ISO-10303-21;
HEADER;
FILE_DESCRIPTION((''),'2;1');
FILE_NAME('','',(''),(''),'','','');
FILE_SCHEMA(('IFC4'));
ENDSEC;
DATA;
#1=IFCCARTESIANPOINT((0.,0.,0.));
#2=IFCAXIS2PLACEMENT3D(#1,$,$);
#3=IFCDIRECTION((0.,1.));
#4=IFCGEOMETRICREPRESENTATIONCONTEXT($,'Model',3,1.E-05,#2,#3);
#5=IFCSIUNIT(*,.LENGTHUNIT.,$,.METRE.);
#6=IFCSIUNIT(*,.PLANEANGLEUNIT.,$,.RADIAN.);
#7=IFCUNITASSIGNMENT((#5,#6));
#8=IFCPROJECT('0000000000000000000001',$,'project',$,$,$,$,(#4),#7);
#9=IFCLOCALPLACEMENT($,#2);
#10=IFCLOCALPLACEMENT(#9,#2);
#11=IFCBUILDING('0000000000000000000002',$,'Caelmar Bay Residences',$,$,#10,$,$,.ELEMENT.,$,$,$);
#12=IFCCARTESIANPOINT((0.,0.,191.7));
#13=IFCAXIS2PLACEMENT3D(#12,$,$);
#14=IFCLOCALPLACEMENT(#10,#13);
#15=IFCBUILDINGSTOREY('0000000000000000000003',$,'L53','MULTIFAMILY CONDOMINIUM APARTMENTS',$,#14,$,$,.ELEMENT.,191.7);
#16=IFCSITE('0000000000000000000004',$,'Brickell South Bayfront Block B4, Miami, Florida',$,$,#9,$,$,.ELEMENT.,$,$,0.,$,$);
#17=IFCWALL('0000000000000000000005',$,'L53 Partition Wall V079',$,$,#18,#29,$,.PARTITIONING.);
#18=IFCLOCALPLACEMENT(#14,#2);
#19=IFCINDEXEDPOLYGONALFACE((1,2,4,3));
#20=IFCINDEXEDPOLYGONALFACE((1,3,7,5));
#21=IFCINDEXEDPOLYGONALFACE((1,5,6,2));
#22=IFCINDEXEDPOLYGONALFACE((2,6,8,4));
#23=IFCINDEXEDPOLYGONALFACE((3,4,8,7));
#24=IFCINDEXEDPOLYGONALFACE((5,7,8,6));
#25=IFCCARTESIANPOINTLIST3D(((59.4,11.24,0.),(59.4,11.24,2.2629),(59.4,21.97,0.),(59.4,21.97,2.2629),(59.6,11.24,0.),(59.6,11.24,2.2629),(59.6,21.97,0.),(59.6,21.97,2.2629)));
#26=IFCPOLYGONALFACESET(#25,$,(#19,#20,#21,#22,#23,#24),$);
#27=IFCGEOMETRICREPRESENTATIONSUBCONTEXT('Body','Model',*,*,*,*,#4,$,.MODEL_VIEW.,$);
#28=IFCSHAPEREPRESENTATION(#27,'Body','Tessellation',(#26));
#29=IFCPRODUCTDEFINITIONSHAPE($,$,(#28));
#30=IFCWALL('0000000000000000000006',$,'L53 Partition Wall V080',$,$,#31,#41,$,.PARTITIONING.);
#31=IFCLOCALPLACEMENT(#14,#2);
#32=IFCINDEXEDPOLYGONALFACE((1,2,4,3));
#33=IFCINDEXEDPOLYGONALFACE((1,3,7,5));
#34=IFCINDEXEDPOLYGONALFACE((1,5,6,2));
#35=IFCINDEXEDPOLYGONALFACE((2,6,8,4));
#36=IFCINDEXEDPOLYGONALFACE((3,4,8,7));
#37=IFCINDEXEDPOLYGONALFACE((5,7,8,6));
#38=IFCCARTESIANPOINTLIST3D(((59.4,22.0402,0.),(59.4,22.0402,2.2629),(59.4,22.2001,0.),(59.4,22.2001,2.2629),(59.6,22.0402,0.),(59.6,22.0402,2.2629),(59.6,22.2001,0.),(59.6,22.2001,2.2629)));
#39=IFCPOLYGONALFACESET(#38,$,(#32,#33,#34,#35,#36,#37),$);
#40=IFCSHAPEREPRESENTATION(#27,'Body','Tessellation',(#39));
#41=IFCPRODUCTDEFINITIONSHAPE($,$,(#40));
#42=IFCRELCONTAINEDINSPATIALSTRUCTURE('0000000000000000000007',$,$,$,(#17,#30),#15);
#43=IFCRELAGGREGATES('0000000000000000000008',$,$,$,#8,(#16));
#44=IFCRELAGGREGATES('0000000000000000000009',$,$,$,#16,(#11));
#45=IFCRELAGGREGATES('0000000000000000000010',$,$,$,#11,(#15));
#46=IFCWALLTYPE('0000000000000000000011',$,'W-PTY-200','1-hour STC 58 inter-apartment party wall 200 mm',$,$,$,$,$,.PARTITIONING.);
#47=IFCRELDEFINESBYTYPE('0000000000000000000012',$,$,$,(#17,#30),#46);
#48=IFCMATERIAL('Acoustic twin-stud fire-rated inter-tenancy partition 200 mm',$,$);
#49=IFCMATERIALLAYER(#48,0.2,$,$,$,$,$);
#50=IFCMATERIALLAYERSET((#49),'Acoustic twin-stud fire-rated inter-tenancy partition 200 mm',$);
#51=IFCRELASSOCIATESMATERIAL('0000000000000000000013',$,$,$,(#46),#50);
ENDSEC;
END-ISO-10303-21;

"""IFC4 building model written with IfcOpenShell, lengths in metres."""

from ifc_helpers import new_model, si_unit, direction, frame, frame_2d, origin, place, context, subcontext, project, spatial, rectangle, extrude, material, layer, layer_set, type_object, element, save


model = new_model("IFC4")

# Units and contexts
model_context = context("Model", 3, precision=1e-05, world=origin(), true_north=direction((0.0, 1.0)))
body_context = subcontext(model_context, "Body", "Model", "MODEL_VIEW")
ifc_project = project(units=[si_unit("LENGTHUNIT", "METRE"), si_unit("PLANEANGLEUNIT", "RADIAN")], contexts=[model_context])

# Site, building, storey
site_placement = place(None, origin())
site = spatial("IfcSite", under=ifc_project, at=site_placement, Name="Brickell South Bayfront Block B4, Miami, Florida", CompositionType="ELEMENT", RefElevation=0.0)
building_placement = place(site_placement, origin())
building = spatial("IfcBuilding", under=site, at=building_placement, Name="Caelmar Bay Residences", CompositionType="ELEMENT")
storey_placement = place(building_placement, frame((0.0, 0.0, 191.7)))
storey = spatial("IfcBuildingStorey", under=building, at=storey_placement, Name="L53", Description="MULTIFAMILY CONDOMINIUM APARTMENTS", CompositionType="ELEMENT", Elevation=191.7)

# Walls
ifc_material_1 = material(Name="Acoustic twin-stud fire-rated inter-tenancy partition 200 mm")
ifc_layer_1 = layer(ifc_material_1, 0.2)
ifc_layer_set_1 = layer_set([ifc_layer_1], Name="Acoustic twin-stud fire-rated inter-tenancy partition 200 mm")
wall_type_1 = type_object("IfcWallType", Name="W-PTY-200", Description="1-hour STC 58 inter-apartment party wall 200 mm", PredefinedType="PARTITIONING", material=ifc_layer_set_1)
wall_1_placement = place(storey_placement, frame((59.5, 11.24, 0.0), z_axis=(0.0, 0.0, 1.0), x_axis=(0.0, 1.0, 0.0)))
element("IfcWall", 1, at=wall_1_placement, inside=storey, type_object=wall_type_1, Name="L53 Partition Wall V079", PredefinedType="PARTITIONING", context=body_context, shape_type="SweptSolid", body=[
    extrude(rectangle(XDim=10.73, YDim=0.2, at=frame_2d((5.365, 0.0))), origin(), (0.0, 0.0, 1.0), 2.2629),
])
wall_2_placement = place(storey_placement, frame((59.5, 22.04, 0.0), z_axis=(0.0, 0.0, 1.0), x_axis=(0.0, 1.0, 0.0)))
element("IfcWall", 2, at=wall_2_placement, inside=storey, type_object=wall_type_1, Name="L53 Partition Wall V080", PredefinedType="PARTITIONING", context=body_context, shape_type="SweptSolid", body=[
    extrude(rectangle(XDim=0.1599, YDim=0.2, at=frame_2d((0.0801, 0.0))), origin(), (0.0, 0.0, 1.0), 2.2629),
])

save(model, "model.ifc")
